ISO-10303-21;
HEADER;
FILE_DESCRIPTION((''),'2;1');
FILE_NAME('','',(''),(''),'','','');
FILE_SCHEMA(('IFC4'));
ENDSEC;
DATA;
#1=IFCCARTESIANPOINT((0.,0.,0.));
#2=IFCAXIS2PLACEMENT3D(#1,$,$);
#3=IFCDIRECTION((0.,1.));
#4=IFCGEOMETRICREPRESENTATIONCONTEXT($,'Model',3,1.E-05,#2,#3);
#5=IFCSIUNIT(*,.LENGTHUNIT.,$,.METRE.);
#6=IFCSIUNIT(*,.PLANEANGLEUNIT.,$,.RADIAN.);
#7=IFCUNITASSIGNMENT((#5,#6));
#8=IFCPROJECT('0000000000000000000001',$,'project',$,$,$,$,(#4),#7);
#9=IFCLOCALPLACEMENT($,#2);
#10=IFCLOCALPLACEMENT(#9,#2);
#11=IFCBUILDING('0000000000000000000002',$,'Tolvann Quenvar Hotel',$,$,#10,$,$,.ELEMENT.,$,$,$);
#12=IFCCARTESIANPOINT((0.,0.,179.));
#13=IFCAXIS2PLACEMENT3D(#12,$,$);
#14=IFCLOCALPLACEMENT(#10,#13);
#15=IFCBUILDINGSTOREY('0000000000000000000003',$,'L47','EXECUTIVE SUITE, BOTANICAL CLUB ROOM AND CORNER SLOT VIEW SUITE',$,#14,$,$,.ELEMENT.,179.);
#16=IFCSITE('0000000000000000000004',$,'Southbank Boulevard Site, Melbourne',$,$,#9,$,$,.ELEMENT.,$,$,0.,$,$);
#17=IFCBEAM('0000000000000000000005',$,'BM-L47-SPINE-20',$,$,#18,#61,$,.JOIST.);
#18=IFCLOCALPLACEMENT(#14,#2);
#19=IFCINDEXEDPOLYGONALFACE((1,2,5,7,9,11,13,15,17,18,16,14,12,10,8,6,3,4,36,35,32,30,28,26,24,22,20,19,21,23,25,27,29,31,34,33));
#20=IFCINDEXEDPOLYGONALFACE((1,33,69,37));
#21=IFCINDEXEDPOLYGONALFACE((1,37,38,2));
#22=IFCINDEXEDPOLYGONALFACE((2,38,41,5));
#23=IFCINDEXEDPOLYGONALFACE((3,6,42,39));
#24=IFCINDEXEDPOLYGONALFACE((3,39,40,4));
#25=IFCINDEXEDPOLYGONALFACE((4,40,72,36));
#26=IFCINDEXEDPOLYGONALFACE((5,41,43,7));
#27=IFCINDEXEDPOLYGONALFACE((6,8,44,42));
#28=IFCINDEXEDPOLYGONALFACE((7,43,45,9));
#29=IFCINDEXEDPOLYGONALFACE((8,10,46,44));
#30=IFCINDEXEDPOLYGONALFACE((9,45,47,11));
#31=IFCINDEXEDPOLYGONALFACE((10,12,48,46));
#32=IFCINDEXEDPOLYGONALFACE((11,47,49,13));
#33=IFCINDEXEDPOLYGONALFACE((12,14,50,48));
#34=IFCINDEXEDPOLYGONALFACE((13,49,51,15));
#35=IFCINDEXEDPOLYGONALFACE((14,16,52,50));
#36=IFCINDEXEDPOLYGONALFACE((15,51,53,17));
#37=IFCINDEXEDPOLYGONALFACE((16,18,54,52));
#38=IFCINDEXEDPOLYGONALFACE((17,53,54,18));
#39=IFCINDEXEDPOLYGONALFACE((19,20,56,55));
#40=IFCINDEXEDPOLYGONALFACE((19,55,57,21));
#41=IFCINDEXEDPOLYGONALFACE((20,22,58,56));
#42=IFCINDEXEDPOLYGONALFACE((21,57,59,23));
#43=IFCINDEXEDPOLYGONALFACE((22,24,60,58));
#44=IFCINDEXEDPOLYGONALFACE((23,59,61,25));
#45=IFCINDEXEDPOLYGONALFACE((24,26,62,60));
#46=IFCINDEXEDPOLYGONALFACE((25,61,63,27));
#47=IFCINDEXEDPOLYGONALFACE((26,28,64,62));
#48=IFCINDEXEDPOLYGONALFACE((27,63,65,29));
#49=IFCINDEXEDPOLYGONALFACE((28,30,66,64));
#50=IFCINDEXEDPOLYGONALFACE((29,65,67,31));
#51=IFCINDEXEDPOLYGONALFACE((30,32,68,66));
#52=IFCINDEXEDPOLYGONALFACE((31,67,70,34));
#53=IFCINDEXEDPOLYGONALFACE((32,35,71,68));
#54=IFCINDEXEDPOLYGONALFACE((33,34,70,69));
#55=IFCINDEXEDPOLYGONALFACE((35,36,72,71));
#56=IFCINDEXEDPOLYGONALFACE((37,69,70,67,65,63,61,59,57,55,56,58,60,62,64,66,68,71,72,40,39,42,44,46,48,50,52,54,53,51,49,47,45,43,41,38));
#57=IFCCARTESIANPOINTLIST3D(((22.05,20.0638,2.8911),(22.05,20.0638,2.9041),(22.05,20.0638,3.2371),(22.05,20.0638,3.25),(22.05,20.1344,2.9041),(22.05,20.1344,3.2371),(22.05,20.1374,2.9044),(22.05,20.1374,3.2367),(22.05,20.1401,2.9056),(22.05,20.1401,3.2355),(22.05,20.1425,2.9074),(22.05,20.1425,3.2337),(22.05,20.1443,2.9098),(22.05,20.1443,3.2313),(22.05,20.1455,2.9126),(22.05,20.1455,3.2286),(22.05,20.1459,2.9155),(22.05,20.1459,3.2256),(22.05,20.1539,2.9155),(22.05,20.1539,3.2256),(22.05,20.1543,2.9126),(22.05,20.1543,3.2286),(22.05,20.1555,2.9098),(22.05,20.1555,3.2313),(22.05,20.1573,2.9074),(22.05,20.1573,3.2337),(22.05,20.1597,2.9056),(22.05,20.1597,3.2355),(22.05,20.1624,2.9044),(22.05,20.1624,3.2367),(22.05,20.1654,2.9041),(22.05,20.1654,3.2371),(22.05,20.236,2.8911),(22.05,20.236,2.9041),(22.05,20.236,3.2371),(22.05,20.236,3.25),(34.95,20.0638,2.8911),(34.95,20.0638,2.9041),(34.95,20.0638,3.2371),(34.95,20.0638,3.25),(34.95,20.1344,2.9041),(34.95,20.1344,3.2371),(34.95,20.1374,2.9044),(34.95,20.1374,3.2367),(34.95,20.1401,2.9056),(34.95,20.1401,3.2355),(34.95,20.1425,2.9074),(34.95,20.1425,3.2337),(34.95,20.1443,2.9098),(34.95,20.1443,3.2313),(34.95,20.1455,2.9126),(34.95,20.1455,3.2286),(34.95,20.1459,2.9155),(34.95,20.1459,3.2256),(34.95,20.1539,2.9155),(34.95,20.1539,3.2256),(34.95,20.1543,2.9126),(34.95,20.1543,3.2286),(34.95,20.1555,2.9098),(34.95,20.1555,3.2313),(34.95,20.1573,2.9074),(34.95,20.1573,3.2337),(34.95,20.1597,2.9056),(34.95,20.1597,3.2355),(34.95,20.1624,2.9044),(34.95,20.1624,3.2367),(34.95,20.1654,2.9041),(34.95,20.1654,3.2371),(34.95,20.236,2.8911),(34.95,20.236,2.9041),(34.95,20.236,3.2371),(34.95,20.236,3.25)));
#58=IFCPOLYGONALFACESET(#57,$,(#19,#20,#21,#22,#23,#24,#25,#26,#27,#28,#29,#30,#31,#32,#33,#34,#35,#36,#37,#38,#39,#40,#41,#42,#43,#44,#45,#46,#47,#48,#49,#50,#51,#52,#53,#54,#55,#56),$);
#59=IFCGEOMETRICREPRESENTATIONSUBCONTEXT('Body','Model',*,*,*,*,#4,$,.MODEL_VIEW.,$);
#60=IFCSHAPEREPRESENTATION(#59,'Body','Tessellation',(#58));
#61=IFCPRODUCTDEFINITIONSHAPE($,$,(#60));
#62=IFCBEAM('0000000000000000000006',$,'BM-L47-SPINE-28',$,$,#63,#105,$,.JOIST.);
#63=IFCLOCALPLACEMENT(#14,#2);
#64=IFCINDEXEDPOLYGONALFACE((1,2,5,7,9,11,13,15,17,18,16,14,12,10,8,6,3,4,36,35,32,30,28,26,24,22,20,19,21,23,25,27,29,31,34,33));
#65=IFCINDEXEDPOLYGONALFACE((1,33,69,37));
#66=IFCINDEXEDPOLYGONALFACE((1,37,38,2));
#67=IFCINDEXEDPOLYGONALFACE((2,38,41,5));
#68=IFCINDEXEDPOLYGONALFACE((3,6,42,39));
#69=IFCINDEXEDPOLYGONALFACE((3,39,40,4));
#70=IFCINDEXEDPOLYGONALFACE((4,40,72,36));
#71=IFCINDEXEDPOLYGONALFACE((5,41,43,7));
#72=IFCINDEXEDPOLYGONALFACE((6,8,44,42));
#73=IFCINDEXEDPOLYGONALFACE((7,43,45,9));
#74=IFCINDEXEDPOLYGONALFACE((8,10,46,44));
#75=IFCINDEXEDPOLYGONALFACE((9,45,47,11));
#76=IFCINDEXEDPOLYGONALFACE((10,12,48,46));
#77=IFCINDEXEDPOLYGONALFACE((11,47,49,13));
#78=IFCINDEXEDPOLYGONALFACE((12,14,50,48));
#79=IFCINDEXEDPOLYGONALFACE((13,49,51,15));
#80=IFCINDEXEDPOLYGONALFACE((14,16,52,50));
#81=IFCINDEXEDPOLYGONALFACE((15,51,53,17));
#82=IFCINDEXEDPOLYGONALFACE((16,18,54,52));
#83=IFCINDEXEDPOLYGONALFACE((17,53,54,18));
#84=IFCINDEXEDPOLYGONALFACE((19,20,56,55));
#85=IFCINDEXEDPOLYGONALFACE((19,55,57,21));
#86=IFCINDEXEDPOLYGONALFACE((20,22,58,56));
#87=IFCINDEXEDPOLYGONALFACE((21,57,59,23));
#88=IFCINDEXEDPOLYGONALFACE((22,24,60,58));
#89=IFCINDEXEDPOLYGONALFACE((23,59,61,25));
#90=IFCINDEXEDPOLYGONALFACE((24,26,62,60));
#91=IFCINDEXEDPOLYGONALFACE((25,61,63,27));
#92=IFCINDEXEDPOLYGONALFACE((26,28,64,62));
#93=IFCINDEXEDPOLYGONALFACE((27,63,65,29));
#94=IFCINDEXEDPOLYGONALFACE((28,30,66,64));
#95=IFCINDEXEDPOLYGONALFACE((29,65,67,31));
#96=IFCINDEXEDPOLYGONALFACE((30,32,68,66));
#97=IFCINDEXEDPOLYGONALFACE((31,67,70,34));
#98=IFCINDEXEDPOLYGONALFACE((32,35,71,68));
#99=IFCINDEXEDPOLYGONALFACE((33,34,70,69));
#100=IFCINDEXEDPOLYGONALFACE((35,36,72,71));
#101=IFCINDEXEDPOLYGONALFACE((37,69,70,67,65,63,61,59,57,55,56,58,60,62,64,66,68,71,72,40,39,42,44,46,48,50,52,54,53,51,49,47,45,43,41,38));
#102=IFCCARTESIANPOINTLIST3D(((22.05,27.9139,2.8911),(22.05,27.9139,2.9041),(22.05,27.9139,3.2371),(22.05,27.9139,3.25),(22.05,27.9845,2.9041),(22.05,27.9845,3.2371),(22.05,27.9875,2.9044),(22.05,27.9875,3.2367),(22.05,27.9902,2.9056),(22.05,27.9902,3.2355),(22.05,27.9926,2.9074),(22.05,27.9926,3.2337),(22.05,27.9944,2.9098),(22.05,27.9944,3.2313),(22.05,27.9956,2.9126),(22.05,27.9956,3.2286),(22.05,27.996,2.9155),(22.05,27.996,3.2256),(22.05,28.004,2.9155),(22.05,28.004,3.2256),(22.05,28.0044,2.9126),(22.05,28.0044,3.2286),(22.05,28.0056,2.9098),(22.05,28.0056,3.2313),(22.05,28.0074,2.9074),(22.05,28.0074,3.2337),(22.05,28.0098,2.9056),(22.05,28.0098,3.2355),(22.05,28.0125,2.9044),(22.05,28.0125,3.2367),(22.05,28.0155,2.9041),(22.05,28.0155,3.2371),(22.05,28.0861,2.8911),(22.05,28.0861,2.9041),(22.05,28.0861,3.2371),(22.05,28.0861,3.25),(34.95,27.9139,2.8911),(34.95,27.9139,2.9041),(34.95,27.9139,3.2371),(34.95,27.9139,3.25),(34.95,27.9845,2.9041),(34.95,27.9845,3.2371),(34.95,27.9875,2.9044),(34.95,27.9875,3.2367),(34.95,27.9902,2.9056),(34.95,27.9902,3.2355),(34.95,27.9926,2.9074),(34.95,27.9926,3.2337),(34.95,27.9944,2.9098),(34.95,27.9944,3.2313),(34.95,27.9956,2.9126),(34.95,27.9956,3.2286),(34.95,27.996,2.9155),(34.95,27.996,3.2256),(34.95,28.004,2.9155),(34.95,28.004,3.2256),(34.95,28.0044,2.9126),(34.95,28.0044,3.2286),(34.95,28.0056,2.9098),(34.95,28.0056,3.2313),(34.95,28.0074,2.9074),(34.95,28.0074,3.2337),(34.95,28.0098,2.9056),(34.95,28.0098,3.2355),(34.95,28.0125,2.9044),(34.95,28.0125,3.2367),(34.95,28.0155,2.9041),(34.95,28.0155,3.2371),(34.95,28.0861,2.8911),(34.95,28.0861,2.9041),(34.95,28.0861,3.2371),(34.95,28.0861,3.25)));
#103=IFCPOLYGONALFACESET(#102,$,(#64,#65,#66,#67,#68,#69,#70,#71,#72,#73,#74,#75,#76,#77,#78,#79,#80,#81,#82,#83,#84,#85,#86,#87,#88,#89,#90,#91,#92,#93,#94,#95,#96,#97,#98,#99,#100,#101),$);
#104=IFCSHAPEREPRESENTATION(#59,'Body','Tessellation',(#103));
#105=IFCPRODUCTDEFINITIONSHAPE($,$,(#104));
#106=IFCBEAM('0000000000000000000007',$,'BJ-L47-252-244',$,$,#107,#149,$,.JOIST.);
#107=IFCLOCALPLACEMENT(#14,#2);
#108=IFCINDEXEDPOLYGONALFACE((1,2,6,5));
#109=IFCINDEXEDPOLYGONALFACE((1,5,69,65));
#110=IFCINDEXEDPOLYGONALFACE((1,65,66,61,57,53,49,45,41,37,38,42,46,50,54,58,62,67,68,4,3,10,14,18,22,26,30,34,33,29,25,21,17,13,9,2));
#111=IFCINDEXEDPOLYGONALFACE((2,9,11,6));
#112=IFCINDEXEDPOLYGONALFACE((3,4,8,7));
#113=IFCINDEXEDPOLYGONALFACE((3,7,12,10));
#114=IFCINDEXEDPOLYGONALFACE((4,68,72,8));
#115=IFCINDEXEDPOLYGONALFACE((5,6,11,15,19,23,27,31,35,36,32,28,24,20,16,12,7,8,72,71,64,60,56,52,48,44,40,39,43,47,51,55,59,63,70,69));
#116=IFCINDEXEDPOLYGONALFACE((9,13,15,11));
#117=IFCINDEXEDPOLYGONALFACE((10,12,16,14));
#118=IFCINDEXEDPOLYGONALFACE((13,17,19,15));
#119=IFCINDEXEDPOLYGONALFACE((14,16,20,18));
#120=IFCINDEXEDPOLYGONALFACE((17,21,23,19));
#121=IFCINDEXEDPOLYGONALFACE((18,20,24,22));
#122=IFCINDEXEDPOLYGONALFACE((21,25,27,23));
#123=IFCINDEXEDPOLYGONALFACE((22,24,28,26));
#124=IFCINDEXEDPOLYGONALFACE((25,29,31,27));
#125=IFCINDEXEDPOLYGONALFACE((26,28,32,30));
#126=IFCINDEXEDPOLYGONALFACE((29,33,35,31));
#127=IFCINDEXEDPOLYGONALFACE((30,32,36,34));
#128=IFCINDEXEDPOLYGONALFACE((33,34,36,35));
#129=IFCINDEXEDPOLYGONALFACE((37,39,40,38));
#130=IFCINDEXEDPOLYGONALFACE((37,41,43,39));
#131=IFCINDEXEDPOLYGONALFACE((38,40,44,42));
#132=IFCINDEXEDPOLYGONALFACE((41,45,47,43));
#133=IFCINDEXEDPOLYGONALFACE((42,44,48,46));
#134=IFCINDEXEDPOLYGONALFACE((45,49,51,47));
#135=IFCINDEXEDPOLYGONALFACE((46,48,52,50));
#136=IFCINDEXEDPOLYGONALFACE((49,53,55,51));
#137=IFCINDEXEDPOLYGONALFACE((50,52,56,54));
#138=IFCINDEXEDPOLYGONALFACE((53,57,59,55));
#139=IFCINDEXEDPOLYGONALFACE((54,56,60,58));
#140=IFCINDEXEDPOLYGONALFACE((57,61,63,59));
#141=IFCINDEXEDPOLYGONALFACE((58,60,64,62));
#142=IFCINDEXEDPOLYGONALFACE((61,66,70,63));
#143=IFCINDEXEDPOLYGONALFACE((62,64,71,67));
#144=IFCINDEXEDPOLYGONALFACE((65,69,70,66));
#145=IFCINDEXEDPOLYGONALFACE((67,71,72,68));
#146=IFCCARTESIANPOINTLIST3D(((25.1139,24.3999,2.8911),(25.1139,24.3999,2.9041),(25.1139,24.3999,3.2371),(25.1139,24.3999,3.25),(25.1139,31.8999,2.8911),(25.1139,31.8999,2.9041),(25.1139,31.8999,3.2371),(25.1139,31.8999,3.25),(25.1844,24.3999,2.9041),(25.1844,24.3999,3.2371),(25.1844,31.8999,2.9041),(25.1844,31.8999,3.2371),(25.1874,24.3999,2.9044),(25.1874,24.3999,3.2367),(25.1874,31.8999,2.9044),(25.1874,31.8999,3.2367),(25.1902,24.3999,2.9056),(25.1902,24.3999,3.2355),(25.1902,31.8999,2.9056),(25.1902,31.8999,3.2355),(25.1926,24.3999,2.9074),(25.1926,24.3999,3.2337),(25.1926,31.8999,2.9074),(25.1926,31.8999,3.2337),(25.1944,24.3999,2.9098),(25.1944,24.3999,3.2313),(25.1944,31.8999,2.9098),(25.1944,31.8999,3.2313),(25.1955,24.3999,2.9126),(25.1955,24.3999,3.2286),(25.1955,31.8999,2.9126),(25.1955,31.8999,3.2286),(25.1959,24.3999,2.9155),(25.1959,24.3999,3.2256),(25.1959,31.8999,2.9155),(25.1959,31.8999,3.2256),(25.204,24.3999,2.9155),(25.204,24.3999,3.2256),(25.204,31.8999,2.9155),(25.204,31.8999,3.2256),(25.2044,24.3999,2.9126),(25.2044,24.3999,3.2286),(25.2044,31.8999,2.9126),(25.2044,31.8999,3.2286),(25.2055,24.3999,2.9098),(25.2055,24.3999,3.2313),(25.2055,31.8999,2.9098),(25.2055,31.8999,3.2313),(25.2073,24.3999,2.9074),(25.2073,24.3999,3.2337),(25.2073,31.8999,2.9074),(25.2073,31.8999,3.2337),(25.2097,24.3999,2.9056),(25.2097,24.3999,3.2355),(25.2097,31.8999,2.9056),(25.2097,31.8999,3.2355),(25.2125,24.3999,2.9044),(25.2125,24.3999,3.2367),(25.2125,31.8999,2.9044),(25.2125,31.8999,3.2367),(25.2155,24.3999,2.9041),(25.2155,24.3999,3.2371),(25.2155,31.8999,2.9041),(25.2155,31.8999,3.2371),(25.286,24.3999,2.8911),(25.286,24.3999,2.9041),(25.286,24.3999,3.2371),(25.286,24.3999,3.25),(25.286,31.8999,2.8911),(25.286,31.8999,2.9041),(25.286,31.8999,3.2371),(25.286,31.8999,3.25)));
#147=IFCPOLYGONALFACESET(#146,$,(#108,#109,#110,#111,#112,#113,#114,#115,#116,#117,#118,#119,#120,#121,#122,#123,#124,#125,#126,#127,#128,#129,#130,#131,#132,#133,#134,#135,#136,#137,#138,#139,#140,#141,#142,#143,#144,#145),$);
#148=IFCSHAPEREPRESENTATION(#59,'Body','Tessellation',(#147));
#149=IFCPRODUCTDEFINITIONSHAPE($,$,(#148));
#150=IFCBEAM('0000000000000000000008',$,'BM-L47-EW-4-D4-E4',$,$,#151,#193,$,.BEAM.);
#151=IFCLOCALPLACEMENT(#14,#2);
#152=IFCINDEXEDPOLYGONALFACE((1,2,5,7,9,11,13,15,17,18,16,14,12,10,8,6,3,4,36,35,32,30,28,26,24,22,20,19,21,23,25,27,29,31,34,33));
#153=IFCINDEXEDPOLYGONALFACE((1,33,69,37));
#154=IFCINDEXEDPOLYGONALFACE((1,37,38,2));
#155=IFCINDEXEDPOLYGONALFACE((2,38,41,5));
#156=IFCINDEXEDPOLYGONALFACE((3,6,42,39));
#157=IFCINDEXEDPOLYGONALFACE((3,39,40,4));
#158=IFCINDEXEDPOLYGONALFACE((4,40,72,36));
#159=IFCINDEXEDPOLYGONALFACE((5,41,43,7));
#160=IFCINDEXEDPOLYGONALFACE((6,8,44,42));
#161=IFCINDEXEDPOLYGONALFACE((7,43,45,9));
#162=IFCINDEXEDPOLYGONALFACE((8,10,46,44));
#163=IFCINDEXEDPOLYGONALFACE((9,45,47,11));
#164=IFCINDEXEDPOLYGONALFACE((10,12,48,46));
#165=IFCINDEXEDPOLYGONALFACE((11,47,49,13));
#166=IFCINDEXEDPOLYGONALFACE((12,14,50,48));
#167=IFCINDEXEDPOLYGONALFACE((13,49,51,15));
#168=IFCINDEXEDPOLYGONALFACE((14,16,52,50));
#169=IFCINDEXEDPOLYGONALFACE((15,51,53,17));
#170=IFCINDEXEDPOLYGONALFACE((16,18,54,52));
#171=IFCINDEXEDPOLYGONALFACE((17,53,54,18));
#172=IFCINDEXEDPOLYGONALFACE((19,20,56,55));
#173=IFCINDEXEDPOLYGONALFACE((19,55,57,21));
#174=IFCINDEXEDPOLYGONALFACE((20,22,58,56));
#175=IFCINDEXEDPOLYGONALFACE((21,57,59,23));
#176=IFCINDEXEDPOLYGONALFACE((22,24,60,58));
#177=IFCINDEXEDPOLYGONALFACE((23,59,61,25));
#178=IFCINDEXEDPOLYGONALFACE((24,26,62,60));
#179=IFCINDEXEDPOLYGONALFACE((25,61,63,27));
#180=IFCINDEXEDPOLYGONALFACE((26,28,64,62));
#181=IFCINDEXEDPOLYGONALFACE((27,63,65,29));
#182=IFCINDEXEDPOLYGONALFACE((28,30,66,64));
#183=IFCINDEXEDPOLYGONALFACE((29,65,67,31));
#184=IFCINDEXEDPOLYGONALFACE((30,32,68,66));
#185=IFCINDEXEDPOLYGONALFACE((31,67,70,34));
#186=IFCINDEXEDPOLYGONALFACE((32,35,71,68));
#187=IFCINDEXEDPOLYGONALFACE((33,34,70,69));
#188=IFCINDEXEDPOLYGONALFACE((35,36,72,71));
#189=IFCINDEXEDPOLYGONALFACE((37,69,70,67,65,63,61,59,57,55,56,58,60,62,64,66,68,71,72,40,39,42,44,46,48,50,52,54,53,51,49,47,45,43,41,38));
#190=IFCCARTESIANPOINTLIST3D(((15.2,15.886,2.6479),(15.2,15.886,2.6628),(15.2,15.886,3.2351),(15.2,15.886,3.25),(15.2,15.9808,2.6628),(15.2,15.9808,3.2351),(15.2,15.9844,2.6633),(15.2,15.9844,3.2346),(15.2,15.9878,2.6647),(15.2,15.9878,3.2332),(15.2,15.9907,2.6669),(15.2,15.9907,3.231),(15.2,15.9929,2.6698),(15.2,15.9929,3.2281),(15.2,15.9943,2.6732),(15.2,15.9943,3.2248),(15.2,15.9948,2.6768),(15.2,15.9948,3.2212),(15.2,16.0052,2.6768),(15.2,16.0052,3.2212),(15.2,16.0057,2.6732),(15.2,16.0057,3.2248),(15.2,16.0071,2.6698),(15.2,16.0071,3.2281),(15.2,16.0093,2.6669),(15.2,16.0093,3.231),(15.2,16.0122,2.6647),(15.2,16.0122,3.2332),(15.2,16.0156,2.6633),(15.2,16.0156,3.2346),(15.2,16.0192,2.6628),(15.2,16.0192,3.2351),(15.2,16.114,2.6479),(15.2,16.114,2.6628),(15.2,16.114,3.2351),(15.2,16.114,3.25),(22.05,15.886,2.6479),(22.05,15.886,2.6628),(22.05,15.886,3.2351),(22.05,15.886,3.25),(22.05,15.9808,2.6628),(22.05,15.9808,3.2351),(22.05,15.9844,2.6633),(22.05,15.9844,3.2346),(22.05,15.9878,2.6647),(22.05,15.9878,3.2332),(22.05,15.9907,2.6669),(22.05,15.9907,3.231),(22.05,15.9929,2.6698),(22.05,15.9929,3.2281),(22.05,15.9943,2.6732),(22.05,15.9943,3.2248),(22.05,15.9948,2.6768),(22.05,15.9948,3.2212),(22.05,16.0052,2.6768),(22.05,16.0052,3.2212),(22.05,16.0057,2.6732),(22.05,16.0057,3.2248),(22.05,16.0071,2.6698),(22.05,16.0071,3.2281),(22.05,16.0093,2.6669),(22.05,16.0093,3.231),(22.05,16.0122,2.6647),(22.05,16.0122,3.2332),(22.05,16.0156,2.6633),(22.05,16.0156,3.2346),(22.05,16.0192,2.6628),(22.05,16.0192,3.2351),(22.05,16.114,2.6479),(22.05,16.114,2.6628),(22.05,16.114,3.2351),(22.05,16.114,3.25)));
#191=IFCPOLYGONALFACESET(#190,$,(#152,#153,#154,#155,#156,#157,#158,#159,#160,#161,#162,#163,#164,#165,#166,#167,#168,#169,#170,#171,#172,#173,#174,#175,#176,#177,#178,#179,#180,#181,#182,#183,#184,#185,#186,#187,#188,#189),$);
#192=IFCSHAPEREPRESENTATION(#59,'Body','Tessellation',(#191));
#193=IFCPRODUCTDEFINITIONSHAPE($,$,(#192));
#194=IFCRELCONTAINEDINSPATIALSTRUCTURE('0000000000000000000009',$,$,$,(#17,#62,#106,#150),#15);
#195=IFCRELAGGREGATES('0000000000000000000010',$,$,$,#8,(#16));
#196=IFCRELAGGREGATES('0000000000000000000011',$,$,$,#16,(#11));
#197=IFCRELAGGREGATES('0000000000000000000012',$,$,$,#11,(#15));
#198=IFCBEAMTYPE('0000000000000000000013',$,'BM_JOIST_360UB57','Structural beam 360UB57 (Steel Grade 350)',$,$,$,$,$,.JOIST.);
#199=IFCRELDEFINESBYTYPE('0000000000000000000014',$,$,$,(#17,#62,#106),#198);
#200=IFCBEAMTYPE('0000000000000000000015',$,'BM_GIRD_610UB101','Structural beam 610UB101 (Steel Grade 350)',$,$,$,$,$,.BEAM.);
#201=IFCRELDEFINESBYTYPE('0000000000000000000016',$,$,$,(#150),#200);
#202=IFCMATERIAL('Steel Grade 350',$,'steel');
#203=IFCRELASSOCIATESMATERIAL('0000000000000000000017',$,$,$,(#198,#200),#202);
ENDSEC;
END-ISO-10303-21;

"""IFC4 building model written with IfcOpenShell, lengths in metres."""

from ifc_helpers import new_model, si_unit, direction, frame, origin, origin_2d, place, context, subcontext, project, spatial, i_section, extrude, source, transform, mapped, material, material_profile, profile_set, type_object, type_shapes, element, save


model = new_model("IFC4")

# Units and contexts
model_context = context("Model", 3, precision=1e-05, world=origin(), true_north=direction((0.0, 1.0)))
body_context = subcontext(model_context, "Body", "Model", "MODEL_VIEW")
ifc_project = project(units=[si_unit("LENGTHUNIT", "METRE"), si_unit("PLANEANGLEUNIT", "RADIAN")], contexts=[model_context])

# Site, building, storey
site_placement = place(None, origin())
site = spatial("IfcSite", under=ifc_project, at=site_placement, Name="Southbank Boulevard Site, Melbourne", CompositionType="ELEMENT", RefElevation=0.0)
building_placement = place(site_placement, origin())
building = spatial("IfcBuilding", under=site, at=building_placement, Name="Tolvann Quenvar Hotel", CompositionType="ELEMENT")
storey_placement = place(building_placement, frame((0.0, 0.0, 179.0)))
storey = spatial("IfcBuildingStorey", under=building, at=storey_placement, Name="L47", Description="EXECUTIVE SUITE, BOTANICAL CLUB ROOM AND CORNER SLOT VIEW SUITE", CompositionType="ELEMENT", Elevation=179.0)

# Shared definitions
ifc_material_1 = material(Name="Steel Grade 350", Category="steel")

# Beams
ifc_material_profile_1 = material_profile(ifc_material_1, i_section(OverallWidth=0.1721, OverallDepth=0.3589, WebThickness=0.0081, FlangeThickness=0.0129, FilletRadius=0.0115, at=origin_2d()), Name="360UB57")
ifc_profile_set_1 = profile_set([ifc_material_profile_1], Name="Steel Grade 350")
beam_type_1 = type_object("IfcBeamType", Name="BM_JOIST_360UB57", Description="Structural beam 360UB57 (Steel Grade 350)", PredefinedType="JOIST", material=ifc_profile_set_1)
shared_shape_1 = source(origin(), body_context, "Body", "SweptSolid", [
    extrude(i_section(OverallWidth=0.1721, OverallDepth=0.3589, WebThickness=0.0081, FlangeThickness=0.0129, FilletRadius=0.0115, at=origin_2d()), origin(), (0.0, 0.0, 1.0), 12.8999),
])
for number, where, z_axis, x_axis, name in (
    (1, (22.05, 20.1499, 3.0706), (1.0, 0.0, 0.0), (0.0, 1.0, 0.0), "BM-L47-SPINE-20"),
    (2, (22.05, 28.0, 3.0706), (1.0, 0.0, 0.0), (0.0, 1.0, 0.0), "BM-L47-SPINE-28"),
):
    element("IfcBeam", number, at=place(storey_placement, frame(where, z_axis=z_axis, x_axis=x_axis)), inside=storey, type_object=beam_type_1, Name=name, PredefinedType="JOIST", context=body_context, shape_type="MappedRepresentation", body=[
        mapped(shared_shape_1, transform((0.0, 0.0, 0.0), x_axis=(1.0, 0.0, 0.0), y_axis=(0.0, 1.0, 0.0), z_axis=(0.0, 0.0, 1.0), scale=1.0)),
    ])
shared_shape_2 = source(origin(), body_context, "Body", "SweptSolid", [
    extrude(i_section(OverallWidth=0.1721, OverallDepth=0.3589, WebThickness=0.0081, FlangeThickness=0.0129, FilletRadius=0.0115, at=origin_2d()), origin(), (0.0, 0.0, 1.0), 7.5),
])
type_shapes(beam_type_1, [shared_shape_1, shared_shape_2])
beam_1_placement = place(storey_placement, frame((25.2, 24.3999, 3.0706), z_axis=(0.0, 1.0, 0.0), x_axis=(-1.0, 0.0, 0.0)))
element("IfcBeam", 3, at=beam_1_placement, inside=storey, type_object=beam_type_1, Name="BJ-L47-252-244", PredefinedType="JOIST", context=body_context, shape_type="MappedRepresentation", body=[
    mapped(shared_shape_2, transform((0.0, 0.0, 0.0), x_axis=(1.0, 0.0, 0.0), y_axis=(0.0, 1.0, 0.0), z_axis=(0.0, 0.0, 1.0), scale=1.0)),
])
ifc_material_profile_2 = material_profile(ifc_material_1, i_section(OverallWidth=0.228, OverallDepth=0.6021, WebThickness=0.0105, FlangeThickness=0.0149, FilletRadius=0.0139, at=origin_2d()), Name="610UB101")
ifc_profile_set_2 = profile_set([ifc_material_profile_2], Name="Steel Grade 350")
beam_type_2 = type_object("IfcBeamType", Name="BM_GIRD_610UB101", Description="Structural beam 610UB101 (Steel Grade 350)", PredefinedType="BEAM", material=ifc_profile_set_2)
shared_shape_3 = source(origin(), body_context, "Body", "SweptSolid", [
    extrude(i_section(OverallWidth=0.228, OverallDepth=0.6021, WebThickness=0.0105, FlangeThickness=0.0149, FilletRadius=0.0139, at=origin_2d()), origin(), (0.0, 0.0, 1.0), 6.8501),
])
for number, where, z_axis, x_axis, name in (
    (4, (15.2, 16.0, 2.949), (1.0, 0.0, 0.0), (0.0, 1.0, 0.0), "BM-L47-EW-4-D4-E4"),
):
    element("IfcBeam", number, at=place(storey_placement, frame(where, z_axis=z_axis, x_axis=x_axis)), inside=storey, type_object=beam_type_2, Name=name, PredefinedType="BEAM", context=body_context, shape_type="MappedRepresentation", body=[
        mapped(shared_shape_3, transform((0.0, 0.0, 0.0), x_axis=(1.0, 0.0, 0.0), y_axis=(0.0, 1.0, 0.0), z_axis=(0.0, 0.0, 1.0), scale=1.0)),
    ])

save(model, "model.ifc")
